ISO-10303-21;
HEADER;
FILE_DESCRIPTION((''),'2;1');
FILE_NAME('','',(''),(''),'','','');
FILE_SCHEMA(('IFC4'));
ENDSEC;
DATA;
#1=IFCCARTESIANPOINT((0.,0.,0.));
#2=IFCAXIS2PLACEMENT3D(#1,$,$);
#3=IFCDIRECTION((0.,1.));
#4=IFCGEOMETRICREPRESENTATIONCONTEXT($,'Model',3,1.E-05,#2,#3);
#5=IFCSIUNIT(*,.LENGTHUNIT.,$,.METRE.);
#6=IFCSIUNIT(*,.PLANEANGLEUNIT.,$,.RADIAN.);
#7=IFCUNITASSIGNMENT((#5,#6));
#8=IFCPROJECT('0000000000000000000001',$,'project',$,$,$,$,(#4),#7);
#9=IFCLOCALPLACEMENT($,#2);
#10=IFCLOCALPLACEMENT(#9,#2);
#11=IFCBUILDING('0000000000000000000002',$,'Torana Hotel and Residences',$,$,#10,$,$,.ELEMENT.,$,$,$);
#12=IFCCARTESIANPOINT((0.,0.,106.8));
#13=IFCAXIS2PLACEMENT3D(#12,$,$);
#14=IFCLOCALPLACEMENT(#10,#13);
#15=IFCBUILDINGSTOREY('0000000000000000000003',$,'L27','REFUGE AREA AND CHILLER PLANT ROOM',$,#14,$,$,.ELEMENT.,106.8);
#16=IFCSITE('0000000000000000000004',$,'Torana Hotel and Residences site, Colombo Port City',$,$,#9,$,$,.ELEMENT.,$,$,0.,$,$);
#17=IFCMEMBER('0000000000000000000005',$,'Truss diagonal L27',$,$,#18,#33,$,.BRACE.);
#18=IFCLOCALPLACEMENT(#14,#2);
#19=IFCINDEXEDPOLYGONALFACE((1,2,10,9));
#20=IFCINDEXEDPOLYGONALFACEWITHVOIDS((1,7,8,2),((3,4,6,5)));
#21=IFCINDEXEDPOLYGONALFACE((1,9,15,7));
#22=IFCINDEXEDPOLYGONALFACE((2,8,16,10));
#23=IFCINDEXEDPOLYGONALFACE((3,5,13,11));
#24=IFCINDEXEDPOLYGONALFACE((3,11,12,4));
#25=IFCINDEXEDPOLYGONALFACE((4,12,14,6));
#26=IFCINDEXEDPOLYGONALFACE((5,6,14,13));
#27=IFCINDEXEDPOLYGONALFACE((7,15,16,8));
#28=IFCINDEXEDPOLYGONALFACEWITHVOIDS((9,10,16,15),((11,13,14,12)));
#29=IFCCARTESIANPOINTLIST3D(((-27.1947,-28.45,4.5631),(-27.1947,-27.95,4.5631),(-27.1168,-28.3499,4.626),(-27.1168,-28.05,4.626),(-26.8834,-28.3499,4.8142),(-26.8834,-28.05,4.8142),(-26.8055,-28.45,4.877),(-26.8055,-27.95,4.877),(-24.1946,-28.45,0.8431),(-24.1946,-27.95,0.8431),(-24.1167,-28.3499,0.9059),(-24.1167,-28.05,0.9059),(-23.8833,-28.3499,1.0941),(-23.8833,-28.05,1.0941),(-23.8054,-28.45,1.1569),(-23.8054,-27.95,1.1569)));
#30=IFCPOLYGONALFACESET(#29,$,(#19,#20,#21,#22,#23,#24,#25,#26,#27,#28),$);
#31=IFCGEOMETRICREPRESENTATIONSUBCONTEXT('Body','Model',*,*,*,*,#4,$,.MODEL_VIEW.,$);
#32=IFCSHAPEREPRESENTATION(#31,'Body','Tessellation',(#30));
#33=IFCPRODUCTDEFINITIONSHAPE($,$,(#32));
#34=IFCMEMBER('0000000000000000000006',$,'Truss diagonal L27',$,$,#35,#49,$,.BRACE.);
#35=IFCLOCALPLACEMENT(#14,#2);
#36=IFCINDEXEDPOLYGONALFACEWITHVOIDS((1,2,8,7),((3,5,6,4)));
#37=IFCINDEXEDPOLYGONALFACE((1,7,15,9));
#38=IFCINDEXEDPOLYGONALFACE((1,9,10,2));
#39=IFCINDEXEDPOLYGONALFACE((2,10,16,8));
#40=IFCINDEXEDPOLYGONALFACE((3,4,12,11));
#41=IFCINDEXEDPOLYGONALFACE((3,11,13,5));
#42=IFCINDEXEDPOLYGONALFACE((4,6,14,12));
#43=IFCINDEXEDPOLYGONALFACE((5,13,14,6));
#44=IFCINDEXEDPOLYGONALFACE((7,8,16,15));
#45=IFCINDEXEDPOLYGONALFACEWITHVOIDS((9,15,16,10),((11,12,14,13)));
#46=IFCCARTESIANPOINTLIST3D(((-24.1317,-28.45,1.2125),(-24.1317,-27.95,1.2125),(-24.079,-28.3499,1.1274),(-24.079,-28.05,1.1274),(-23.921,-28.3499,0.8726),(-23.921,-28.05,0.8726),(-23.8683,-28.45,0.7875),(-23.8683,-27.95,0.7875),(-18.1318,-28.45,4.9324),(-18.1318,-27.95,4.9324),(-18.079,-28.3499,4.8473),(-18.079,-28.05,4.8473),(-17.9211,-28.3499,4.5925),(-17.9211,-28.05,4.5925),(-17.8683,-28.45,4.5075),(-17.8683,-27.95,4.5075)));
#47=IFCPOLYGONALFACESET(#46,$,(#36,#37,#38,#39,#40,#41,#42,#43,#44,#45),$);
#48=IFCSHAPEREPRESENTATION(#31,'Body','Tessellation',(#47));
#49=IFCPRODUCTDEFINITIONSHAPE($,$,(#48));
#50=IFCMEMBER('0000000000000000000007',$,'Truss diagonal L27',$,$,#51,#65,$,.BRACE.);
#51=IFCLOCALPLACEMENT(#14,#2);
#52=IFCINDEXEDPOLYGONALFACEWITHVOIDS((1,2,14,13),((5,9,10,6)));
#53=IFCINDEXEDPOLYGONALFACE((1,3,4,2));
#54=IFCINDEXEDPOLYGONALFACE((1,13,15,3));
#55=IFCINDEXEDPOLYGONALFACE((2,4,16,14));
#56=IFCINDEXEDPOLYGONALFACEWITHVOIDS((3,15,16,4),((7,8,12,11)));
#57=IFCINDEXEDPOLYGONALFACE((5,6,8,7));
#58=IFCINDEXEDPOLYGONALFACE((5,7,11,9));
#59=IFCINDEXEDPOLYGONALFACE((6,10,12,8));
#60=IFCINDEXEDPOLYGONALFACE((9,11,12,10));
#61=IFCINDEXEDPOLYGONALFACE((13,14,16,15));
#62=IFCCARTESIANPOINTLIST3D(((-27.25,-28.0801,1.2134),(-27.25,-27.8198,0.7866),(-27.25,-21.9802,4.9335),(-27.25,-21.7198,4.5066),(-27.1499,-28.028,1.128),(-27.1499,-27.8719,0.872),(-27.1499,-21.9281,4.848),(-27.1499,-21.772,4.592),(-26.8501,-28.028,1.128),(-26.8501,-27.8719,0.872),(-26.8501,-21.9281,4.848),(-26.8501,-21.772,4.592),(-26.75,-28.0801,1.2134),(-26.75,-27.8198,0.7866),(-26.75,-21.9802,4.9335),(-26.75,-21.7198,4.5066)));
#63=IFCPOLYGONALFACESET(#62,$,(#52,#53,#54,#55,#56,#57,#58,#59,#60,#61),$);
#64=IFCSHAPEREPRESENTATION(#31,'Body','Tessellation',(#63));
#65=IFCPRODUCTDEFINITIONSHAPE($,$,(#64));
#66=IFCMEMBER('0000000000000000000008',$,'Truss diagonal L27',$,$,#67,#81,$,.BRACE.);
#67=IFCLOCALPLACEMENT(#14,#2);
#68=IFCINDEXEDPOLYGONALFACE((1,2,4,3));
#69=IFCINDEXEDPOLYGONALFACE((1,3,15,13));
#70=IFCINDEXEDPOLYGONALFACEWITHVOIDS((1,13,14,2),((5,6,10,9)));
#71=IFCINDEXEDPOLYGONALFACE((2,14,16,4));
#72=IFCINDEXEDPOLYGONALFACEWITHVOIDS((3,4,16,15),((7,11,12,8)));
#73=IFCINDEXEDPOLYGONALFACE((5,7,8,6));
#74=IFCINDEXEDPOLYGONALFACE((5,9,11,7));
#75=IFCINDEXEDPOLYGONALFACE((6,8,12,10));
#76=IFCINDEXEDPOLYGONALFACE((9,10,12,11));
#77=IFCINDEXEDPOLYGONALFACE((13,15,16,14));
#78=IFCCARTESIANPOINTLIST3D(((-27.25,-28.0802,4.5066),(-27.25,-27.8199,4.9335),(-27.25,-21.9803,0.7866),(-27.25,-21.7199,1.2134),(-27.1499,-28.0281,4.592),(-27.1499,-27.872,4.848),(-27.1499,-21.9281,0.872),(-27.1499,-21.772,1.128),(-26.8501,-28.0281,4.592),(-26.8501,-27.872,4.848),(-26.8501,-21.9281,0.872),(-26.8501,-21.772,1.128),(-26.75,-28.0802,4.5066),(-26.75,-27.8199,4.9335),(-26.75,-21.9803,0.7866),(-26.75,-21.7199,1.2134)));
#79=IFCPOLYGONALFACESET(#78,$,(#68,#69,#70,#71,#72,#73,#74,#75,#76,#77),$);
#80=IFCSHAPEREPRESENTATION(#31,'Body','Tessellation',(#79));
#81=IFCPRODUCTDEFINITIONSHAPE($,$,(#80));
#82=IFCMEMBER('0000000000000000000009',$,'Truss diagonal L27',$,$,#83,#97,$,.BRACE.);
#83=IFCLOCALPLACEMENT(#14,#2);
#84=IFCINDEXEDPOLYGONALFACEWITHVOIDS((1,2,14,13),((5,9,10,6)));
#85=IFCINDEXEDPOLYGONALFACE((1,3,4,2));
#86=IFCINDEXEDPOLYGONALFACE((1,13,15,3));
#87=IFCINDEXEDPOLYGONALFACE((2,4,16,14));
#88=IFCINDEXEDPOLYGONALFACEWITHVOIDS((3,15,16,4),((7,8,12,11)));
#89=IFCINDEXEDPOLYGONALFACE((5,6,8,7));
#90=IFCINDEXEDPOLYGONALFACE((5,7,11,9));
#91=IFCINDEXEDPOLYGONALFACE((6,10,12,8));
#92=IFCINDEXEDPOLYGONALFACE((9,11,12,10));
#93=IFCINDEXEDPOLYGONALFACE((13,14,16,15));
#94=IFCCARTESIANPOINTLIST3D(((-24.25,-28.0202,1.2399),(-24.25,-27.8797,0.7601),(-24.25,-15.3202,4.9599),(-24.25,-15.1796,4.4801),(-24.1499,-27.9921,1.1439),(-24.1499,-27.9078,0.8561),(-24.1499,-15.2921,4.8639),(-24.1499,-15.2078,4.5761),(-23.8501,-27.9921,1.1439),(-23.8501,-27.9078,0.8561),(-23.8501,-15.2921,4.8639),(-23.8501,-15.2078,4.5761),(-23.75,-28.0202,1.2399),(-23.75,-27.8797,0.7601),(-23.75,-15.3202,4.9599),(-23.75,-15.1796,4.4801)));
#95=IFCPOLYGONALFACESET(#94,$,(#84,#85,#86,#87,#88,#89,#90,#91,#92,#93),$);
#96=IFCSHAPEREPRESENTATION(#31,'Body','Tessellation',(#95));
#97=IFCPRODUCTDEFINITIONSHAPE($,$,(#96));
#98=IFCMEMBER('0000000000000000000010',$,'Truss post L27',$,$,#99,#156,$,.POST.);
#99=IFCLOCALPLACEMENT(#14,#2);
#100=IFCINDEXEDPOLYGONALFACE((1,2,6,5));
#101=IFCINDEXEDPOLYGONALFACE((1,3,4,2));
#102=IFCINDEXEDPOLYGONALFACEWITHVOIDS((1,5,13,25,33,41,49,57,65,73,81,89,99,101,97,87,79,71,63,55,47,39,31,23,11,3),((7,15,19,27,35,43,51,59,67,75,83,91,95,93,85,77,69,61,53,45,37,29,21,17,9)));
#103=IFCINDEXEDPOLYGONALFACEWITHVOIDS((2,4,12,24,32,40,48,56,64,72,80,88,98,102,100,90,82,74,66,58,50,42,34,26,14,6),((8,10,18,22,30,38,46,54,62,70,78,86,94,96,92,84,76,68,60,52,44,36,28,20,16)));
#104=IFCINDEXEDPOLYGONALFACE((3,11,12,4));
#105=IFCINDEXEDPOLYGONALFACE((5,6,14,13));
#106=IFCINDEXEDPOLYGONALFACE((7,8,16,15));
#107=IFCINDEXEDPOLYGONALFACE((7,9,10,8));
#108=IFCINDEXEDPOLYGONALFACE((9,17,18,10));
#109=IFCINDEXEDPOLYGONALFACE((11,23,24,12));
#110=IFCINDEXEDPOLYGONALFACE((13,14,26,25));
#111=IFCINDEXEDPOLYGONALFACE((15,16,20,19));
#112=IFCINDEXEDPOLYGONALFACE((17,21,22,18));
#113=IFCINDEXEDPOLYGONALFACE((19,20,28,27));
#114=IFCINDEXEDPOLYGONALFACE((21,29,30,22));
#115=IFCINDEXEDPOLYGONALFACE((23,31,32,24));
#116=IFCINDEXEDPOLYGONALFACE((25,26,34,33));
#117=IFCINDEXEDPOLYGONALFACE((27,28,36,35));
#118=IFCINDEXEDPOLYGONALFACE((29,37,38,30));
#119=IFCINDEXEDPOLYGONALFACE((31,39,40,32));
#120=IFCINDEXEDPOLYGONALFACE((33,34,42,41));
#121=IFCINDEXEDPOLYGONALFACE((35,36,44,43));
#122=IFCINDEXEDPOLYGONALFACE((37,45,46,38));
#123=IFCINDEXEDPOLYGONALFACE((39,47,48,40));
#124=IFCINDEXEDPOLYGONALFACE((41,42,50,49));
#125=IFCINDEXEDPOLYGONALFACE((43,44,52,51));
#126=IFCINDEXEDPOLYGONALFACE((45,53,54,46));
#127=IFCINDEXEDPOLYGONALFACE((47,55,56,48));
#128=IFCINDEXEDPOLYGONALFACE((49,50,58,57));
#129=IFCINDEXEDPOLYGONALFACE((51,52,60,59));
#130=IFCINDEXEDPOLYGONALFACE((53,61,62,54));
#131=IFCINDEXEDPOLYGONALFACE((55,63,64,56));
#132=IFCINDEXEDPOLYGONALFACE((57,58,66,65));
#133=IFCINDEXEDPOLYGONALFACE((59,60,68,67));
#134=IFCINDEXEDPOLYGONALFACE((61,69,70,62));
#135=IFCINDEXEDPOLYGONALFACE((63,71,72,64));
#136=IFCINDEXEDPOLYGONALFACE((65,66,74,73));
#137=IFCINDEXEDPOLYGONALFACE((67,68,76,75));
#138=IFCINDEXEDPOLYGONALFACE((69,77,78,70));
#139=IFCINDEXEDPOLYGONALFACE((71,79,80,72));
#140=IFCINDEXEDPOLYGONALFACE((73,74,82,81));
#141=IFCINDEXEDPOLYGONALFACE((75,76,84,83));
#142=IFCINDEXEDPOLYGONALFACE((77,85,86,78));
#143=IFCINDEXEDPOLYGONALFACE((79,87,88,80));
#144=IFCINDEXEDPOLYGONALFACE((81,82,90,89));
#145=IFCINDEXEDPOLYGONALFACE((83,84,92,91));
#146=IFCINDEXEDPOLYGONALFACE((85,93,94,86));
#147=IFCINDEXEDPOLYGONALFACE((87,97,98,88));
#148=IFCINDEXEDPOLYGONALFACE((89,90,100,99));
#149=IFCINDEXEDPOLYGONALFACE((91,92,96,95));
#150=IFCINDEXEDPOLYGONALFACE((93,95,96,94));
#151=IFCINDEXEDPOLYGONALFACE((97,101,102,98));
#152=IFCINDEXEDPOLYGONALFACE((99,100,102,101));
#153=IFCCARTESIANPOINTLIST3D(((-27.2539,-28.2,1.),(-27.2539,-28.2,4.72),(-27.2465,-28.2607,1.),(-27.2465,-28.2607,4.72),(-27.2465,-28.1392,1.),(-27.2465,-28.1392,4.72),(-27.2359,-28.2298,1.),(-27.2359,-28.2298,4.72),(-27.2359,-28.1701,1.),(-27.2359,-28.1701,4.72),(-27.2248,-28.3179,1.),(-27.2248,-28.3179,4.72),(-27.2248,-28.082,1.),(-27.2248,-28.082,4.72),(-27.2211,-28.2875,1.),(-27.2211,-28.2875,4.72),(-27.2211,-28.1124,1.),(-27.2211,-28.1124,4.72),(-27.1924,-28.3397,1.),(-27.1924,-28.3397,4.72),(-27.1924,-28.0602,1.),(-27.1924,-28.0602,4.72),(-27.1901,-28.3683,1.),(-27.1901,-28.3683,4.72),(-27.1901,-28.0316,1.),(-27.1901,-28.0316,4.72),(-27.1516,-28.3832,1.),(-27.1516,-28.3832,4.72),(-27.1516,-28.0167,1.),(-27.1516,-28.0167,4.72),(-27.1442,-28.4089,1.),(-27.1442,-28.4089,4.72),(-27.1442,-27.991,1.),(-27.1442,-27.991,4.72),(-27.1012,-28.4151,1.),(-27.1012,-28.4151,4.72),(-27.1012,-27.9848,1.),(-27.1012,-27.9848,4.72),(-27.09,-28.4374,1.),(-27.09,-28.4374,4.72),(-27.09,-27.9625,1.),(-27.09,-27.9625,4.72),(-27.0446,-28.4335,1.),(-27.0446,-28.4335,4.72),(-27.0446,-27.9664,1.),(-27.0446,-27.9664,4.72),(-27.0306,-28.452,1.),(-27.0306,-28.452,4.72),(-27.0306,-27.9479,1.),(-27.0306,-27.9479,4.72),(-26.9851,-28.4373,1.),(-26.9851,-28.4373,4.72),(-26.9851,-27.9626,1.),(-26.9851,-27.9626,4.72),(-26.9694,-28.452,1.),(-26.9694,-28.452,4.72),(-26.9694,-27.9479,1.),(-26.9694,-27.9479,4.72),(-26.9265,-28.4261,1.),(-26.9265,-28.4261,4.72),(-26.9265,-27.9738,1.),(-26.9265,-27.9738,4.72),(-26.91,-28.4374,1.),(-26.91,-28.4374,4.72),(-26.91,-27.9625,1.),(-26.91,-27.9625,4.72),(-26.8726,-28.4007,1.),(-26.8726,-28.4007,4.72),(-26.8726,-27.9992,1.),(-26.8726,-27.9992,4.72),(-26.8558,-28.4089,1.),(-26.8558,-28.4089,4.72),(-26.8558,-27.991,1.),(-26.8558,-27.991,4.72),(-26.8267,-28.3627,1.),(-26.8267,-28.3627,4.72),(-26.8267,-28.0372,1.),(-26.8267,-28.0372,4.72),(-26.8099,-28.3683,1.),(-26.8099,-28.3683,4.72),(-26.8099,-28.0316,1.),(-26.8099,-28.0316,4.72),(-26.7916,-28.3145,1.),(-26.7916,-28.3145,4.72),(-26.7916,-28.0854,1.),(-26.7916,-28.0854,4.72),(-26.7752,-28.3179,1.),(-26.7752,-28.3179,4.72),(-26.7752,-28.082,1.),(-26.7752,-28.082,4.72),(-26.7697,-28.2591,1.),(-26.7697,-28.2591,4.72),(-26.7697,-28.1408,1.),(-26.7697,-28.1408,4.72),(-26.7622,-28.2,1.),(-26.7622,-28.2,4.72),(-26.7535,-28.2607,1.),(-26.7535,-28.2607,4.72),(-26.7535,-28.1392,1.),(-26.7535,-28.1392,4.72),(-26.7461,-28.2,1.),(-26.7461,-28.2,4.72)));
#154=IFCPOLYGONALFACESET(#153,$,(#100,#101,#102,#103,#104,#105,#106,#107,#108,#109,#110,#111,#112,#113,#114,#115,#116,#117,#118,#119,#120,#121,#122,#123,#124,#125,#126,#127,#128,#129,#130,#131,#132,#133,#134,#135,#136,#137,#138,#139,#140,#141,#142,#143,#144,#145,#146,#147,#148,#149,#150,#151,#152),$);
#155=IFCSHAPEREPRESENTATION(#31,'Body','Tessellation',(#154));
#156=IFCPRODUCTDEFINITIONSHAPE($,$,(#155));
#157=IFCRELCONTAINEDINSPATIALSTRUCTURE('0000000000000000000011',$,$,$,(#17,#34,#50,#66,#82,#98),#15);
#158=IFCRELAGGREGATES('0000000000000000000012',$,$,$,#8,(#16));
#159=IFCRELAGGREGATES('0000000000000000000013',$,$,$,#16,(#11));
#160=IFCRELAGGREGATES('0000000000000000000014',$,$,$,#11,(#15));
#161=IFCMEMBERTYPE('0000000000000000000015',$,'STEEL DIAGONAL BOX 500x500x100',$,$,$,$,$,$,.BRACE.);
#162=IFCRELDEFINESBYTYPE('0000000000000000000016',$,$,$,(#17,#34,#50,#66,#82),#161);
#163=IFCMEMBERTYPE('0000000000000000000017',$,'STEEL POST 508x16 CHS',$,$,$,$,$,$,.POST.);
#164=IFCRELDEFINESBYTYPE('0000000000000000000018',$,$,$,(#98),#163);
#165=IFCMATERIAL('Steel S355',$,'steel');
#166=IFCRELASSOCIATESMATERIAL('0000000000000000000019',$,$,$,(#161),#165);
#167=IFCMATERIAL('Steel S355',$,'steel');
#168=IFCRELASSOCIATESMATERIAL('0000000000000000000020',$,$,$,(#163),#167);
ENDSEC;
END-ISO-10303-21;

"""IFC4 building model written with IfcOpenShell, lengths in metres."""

from ifc_helpers import new_model, si_unit, direction, frame, origin, origin_2d, place, context, subcontext, project, spatial, hollow_rectangle, hollow_circle, extrude, material, material_profile, profile_set, type_object, element, save


model = new_model("IFC4")

# Units and contexts
model_context = context("Model", 3, precision=1e-05, world=origin(), true_north=direction((0.0, 1.0)))
body_context = subcontext(model_context, "Body", "Model", "MODEL_VIEW")
ifc_project = project(units=[si_unit("LENGTHUNIT", "METRE"), si_unit("PLANEANGLEUNIT", "RADIAN")], contexts=[model_context])

# Site, building, storey
site_placement = place(None, origin())
site = spatial("IfcSite", under=ifc_project, at=site_placement, Name="Torana Hotel and Residences site, Colombo Port City", CompositionType="ELEMENT", RefElevation=0.0)
building_placement = place(site_placement, origin())
building = spatial("IfcBuilding", under=site, at=building_placement, Name="Torana Hotel and Residences", CompositionType="ELEMENT")
storey_placement = place(building_placement, frame((0.0, 0.0, 106.8)))
storey = spatial("IfcBuildingStorey", under=building, at=storey_placement, Name="L27", Description="REFUGE AREA AND CHILLER PLANT ROOM", CompositionType="ELEMENT", Elevation=106.8)

# Members
ifc_material_1 = material(Name="Steel S355", Category="steel")
ifc_material_profile_1 = material_profile(ifc_material_1, hollow_rectangle(XDim=0.5, YDim=0.5, WallThickness=0.1001, at=origin_2d()), Name="BOX 500x500x100")
ifc_profile_set_1 = profile_set([ifc_material_profile_1], Name="Steel S355")
member_type_1 = type_object("IfcMemberType", Name="STEEL DIAGONAL BOX 500x500x100", PredefinedType="BRACE", material=ifc_profile_set_1)
for number, where, z_axis, x_axis, name in (
    (1, (-24.0, -28.2, 1.0), (-0.627755, 0.0, 0.778411), (0.0, -1.0, 0.0), "Truss diagonal L27"),
):
    element("IfcMember", number, at=place(storey_placement, frame(where, z_axis=z_axis, x_axis=x_axis)), inside=storey, type_object=member_type_1, Name=name, PredefinedType="BRACE", context=body_context, shape_type="SweptSolid", body=[
        extrude(hollow_rectangle(XDim=0.5, YDim=0.5, WallThickness=0.1001, at=origin_2d()), origin(), (0.0, 0.0, 1.0), 4.7791),
    ])
member_1_placement = place(storey_placement, frame((-24.0, -28.2, 1.0), z_axis=(0.849905, 0.0, 0.526937), x_axis=(0.0, 1.0, 0.0)))
element("IfcMember", 2, at=member_1_placement, inside=storey, type_object=member_type_1, Name="Truss diagonal L27", PredefinedType="BRACE", context=body_context, shape_type="SweptSolid", body=[
    extrude(hollow_rectangle(XDim=0.5, YDim=0.5, WallThickness=0.1001, at=origin_2d()), origin(), (0.0, 0.0, 1.0), 7.0596),
])
for number, where, z_axis, x_axis, name in (
    (3, (-27.0, -27.95, 1.0), (0.0, 0.853762, 0.520663), (-1.0, 0.0, 0.0), "Truss diagonal L27"),
    (4, (-27.0, -21.8501, 1.0), (0.0, -0.853762, 0.520663), (1.0, 0.0, 0.0), "Truss diagonal L27"),
):
    element("IfcMember", number, at=place(storey_placement, frame(where, z_axis=z_axis, x_axis=x_axis)), inside=storey, type_object=member_type_1, Name=name, PredefinedType="BRACE", context=body_context, shape_type="SweptSolid", body=[
        extrude(hollow_rectangle(XDim=0.5, YDim=0.5, WallThickness=0.1001, at=origin_2d()), origin(), (0.0, 0.0, 1.0), 7.1448),
    ])
member_2_placement = place(storey_placement, frame((-24.0, -27.95, 1.0), z_axis=(0.0, 0.959678, 0.281101), x_axis=(-1.0, 0.0, 0.0)))
element("IfcMember", 5, at=member_2_placement, inside=storey, type_object=member_type_1, Name="Truss diagonal L27", PredefinedType="BRACE", context=body_context, shape_type="SweptSolid", body=[
    extrude(hollow_rectangle(XDim=0.5, YDim=0.5, WallThickness=0.1001, at=origin_2d()), origin(), (0.0, 0.0, 1.0), 13.2336),
])
ifc_material_2 = material(Name="Steel S355", Category="steel")
ifc_material_profile_2 = material_profile(ifc_material_2, hollow_circle(Radius=0.2539, WallThickness=0.0161, at=origin_2d()), Name="508x16 CHS")
ifc_profile_set_2 = profile_set([ifc_material_profile_2], Name="Steel S355")
member_type_2 = type_object("IfcMemberType", Name="STEEL POST 508x16 CHS", PredefinedType="POST", material=ifc_profile_set_2)
for number, where, z_axis, x_axis, name in (
    (6, (-27.0, -28.2, 1.0), (0.0, 0.0, 1.0), (1.0, 0.0, 0.0), "Truss post L27"),
):
    element("IfcMember", number, at=place(storey_placement, frame(where, z_axis=z_axis, x_axis=x_axis)), inside=storey, type_object=member_type_2, Name=name, PredefinedType="POST", context=body_context, shape_type="SweptSolid", body=[
        extrude(hollow_circle(Radius=0.2539, WallThickness=0.0161, at=origin_2d()), origin(), (0.0, 0.0, 1.0), 3.72),
    ])

save(model, "model.ifc")
